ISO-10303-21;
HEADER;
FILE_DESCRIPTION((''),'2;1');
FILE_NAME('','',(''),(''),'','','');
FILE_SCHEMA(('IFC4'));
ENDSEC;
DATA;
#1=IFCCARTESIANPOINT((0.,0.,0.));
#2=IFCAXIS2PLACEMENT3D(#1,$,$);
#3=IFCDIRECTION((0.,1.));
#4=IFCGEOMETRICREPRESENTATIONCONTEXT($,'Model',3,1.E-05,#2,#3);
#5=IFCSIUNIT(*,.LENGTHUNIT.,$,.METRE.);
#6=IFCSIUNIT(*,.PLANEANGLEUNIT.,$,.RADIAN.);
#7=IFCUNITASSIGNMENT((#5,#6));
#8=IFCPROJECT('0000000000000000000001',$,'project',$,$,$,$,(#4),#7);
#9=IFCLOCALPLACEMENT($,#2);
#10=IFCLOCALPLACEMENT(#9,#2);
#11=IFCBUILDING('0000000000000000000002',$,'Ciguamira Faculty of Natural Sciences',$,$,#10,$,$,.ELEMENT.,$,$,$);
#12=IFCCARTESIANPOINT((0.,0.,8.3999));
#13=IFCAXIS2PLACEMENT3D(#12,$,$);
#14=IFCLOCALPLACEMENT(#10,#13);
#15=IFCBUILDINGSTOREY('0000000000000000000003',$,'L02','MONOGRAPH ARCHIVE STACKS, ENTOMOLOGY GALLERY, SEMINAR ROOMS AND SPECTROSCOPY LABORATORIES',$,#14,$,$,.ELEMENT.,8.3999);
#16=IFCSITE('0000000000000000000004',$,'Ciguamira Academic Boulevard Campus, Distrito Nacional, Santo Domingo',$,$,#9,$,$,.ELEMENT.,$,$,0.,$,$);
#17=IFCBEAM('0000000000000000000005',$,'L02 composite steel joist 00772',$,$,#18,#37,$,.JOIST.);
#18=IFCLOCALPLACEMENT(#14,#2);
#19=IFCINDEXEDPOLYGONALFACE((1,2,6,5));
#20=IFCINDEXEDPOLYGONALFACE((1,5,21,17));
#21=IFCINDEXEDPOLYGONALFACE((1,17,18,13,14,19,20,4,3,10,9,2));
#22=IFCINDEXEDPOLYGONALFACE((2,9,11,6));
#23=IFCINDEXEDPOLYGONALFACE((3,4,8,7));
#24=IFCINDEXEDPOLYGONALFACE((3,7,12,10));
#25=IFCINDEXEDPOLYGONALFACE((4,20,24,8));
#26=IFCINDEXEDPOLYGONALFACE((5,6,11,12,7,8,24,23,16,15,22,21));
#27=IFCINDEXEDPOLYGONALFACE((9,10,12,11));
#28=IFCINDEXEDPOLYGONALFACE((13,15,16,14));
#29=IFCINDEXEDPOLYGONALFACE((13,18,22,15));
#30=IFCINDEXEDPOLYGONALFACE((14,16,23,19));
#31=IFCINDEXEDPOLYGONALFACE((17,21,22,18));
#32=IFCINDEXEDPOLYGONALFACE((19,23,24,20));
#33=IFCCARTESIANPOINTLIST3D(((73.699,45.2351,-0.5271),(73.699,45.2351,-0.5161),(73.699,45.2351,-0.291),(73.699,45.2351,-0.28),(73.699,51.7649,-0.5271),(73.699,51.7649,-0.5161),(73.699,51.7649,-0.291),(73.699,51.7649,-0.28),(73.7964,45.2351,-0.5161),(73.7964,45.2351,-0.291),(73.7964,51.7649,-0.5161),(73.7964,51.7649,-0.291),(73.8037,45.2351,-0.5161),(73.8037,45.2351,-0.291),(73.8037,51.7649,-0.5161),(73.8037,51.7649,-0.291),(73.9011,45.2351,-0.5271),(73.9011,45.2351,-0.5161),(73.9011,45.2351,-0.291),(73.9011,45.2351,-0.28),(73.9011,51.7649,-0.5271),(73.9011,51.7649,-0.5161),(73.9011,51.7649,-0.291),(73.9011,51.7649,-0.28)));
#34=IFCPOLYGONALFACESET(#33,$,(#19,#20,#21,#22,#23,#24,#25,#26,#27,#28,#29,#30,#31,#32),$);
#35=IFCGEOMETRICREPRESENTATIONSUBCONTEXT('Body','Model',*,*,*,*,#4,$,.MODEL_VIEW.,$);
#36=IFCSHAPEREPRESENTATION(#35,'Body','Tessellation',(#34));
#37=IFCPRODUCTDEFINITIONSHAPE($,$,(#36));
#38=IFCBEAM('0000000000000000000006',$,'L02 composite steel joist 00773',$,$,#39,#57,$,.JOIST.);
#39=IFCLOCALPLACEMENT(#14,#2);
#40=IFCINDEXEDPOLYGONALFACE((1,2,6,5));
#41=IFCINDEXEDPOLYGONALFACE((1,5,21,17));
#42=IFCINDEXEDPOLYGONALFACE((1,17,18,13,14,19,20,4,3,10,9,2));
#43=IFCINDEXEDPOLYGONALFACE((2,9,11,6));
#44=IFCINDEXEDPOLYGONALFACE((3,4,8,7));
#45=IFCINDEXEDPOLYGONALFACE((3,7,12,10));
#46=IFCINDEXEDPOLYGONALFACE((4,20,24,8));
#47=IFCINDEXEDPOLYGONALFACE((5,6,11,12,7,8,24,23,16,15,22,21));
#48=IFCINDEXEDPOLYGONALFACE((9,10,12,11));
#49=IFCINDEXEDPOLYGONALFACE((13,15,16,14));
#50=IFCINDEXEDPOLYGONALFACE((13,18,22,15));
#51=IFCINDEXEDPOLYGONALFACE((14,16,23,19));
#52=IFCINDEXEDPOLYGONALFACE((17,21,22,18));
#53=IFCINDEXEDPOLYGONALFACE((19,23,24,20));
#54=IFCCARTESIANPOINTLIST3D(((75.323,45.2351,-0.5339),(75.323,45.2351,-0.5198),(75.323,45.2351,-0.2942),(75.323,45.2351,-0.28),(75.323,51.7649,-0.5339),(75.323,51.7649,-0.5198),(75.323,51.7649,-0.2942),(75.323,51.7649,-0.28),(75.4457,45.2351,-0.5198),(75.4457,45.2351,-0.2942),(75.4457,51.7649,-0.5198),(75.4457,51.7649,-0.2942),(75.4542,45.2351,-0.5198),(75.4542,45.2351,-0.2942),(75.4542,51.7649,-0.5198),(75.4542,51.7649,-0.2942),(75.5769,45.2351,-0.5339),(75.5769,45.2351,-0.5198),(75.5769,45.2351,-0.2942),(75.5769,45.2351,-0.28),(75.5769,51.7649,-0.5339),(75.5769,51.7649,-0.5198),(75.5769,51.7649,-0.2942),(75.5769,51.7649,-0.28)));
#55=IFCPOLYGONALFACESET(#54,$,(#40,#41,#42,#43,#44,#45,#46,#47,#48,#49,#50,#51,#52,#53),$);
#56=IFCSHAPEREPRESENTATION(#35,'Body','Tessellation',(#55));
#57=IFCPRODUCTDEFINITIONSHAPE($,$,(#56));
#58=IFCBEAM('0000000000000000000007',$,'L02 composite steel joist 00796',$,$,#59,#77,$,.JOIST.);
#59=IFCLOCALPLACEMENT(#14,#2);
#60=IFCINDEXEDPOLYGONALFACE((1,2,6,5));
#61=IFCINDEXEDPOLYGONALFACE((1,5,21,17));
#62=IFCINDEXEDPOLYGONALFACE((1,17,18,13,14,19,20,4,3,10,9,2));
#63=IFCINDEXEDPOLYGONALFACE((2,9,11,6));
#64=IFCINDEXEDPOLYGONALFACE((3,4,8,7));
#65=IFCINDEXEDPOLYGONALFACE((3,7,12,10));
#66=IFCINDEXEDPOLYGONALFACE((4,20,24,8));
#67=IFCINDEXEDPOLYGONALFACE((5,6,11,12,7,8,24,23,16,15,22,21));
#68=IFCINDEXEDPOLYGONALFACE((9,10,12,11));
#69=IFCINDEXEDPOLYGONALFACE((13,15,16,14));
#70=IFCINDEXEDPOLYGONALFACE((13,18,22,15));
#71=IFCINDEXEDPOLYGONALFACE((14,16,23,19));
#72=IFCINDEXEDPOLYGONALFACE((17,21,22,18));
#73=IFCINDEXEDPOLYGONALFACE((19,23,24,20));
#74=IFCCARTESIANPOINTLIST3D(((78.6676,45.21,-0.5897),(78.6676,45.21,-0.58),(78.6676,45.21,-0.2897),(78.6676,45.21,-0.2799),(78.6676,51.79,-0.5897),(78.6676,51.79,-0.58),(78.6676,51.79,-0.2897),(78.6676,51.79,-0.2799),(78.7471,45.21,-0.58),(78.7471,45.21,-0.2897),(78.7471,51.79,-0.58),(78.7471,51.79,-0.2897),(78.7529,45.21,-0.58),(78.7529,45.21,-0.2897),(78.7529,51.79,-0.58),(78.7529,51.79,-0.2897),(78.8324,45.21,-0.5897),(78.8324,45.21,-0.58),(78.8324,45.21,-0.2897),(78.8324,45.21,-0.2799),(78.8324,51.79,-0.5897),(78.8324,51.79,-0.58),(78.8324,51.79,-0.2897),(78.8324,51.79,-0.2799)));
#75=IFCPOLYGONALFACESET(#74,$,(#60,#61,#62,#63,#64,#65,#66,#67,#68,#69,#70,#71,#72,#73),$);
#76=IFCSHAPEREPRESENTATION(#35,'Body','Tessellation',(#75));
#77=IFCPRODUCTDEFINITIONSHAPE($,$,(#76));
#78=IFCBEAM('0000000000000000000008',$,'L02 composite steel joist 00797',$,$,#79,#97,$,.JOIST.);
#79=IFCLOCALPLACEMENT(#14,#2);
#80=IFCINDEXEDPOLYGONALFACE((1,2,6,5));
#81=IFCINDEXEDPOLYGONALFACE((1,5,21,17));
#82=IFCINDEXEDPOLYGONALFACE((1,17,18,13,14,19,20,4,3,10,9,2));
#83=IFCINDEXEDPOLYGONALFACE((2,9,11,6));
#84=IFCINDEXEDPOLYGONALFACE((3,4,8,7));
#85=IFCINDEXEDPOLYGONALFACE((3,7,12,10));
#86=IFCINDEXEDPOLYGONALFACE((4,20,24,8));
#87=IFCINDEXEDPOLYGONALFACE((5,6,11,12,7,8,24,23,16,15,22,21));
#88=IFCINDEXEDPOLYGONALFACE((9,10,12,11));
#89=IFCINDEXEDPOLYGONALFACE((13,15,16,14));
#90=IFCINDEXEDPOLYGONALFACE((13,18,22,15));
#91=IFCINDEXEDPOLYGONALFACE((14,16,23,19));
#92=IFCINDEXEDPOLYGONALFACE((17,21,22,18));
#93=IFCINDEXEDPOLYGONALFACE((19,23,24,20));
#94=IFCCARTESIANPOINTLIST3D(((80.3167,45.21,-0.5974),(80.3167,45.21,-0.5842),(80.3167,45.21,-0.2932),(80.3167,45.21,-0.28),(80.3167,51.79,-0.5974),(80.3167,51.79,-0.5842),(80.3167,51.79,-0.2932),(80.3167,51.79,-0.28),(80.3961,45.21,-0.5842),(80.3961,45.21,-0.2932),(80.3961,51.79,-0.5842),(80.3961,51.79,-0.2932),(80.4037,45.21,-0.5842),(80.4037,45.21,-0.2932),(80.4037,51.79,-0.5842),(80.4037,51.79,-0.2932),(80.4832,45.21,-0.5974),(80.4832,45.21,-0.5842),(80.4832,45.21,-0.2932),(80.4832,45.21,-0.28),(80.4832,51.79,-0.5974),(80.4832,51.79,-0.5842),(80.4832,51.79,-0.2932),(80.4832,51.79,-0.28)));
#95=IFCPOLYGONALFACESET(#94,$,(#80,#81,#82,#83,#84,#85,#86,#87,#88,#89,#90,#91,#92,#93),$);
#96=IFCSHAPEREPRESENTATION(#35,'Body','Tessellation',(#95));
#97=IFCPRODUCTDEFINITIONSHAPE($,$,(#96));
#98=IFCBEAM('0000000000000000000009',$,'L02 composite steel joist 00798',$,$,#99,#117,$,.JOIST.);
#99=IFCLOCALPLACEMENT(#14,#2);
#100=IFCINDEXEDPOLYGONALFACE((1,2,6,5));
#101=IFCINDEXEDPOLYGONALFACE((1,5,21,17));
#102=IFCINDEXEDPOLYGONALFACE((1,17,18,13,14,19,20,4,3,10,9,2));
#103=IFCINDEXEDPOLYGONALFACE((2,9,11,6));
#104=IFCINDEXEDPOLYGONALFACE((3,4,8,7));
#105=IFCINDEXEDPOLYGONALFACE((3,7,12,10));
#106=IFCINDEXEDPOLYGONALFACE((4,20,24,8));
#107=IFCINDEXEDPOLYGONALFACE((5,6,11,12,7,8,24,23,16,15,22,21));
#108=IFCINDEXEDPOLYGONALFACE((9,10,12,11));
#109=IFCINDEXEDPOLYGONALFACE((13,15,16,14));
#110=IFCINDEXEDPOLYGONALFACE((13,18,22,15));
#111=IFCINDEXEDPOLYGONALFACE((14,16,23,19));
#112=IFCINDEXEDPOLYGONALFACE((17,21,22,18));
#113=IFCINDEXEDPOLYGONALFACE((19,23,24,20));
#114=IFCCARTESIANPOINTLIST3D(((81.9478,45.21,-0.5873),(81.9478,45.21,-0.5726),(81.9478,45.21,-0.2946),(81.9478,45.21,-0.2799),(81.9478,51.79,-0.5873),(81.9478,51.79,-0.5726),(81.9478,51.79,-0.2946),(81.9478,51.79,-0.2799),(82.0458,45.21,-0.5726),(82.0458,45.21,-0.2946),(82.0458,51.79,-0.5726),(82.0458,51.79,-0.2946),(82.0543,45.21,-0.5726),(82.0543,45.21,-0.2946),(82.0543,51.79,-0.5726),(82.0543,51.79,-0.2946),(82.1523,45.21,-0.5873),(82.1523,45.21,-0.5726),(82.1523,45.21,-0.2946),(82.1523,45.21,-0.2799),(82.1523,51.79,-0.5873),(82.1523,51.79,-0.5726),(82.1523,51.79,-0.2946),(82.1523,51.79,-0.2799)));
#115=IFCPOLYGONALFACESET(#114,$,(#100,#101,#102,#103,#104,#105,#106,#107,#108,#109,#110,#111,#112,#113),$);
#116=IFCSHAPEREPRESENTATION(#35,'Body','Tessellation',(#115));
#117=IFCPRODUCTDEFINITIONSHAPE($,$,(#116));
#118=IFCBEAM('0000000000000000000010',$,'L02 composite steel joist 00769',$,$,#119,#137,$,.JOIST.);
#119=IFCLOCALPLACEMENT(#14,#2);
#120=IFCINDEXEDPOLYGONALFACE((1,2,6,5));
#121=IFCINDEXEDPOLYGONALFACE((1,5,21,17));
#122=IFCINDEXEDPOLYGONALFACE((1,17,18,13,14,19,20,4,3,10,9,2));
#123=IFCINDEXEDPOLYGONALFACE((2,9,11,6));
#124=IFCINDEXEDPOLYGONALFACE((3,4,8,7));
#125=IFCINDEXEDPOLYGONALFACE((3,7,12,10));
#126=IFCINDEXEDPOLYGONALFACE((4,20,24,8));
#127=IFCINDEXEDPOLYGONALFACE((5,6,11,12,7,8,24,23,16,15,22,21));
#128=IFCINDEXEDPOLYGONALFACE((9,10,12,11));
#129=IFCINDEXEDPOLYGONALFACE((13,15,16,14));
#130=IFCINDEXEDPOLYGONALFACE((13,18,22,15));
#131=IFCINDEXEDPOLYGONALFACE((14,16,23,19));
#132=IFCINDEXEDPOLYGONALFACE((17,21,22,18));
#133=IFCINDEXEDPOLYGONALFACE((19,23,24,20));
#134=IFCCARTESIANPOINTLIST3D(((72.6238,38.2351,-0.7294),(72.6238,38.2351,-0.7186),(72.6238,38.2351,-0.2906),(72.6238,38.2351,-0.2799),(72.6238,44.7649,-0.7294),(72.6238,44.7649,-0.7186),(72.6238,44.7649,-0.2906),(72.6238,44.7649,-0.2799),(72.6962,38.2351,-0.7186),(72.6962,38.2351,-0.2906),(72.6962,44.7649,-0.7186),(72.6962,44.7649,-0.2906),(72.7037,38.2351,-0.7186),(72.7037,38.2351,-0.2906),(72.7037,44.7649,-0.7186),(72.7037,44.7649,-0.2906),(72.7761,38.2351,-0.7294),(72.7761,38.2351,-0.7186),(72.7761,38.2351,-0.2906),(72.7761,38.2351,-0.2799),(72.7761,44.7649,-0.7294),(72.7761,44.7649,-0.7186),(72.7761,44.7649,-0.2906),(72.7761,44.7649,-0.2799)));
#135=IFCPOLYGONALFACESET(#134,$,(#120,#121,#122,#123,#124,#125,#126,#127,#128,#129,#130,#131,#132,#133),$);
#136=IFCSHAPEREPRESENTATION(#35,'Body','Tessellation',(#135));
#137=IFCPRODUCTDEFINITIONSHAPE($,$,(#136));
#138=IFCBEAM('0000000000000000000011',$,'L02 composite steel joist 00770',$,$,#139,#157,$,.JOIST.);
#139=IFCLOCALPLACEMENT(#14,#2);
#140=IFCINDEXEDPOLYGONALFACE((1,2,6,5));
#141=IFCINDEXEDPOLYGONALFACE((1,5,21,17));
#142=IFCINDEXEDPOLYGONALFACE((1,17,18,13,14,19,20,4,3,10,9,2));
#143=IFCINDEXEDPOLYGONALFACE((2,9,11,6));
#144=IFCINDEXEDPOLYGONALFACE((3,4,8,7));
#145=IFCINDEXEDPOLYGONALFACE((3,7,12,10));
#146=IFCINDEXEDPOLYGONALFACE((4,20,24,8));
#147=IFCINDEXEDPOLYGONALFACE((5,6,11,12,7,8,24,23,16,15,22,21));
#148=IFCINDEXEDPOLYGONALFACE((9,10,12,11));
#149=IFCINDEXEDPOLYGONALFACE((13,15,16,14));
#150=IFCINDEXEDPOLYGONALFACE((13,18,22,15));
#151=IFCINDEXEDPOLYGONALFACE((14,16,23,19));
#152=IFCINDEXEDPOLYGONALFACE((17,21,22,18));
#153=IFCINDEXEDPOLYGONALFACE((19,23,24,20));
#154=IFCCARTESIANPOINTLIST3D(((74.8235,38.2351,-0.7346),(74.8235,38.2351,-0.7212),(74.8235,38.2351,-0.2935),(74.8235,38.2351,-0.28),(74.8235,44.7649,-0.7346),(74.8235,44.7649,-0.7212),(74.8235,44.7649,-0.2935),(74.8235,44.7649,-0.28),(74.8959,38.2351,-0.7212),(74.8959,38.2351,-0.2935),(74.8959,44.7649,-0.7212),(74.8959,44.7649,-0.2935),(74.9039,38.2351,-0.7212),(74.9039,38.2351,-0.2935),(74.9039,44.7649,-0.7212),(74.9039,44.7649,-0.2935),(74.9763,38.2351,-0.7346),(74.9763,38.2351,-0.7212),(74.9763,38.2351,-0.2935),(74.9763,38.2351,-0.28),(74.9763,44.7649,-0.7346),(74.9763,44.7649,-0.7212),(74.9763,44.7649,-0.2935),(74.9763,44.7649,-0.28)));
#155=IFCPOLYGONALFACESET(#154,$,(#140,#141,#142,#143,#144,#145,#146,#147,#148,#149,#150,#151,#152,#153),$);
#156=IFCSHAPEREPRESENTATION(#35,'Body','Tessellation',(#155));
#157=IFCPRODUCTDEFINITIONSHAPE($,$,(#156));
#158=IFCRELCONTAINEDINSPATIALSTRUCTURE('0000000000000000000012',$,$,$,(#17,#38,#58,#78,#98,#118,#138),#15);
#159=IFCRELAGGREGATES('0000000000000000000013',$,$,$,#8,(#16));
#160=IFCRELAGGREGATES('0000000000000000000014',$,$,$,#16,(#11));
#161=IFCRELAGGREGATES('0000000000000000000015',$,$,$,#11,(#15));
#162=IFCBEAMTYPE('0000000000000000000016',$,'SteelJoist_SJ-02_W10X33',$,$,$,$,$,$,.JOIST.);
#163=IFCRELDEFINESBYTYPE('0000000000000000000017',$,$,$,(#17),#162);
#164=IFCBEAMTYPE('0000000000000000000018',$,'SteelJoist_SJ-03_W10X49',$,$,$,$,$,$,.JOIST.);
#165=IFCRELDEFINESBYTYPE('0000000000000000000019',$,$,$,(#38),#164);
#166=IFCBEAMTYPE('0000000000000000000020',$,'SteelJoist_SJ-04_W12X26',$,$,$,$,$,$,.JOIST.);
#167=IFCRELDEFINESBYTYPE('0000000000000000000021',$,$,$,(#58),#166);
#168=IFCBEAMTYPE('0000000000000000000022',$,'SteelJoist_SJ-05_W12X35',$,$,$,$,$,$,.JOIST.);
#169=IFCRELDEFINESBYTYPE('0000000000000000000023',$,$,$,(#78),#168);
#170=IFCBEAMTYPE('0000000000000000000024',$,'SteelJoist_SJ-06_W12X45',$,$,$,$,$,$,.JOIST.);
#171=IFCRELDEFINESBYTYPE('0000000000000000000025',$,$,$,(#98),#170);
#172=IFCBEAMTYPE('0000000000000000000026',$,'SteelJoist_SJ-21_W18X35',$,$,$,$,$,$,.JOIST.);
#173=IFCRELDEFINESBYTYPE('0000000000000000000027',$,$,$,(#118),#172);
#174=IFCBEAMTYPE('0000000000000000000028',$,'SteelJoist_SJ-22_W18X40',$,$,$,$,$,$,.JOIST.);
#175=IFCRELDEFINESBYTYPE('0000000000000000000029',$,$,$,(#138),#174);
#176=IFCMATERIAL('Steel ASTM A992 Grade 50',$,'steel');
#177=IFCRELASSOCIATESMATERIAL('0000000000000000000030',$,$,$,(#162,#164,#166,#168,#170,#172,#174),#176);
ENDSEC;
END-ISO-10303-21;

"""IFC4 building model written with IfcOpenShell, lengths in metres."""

from ifc_helpers import new_model, si_unit, direction, frame, origin, origin_2d, place, context, subcontext, project, spatial, i_section, extrude, material, material_profile, profile_set, type_object, element, save


model = new_model("IFC4")

# Units and contexts
model_context = context("Model", 3, precision=1e-05, world=origin(), true_north=direction((0.0, 1.0)))
body_context = subcontext(model_context, "Body", "Model", "MODEL_VIEW")
ifc_project = project(units=[si_unit("LENGTHUNIT", "METRE"), si_unit("PLANEANGLEUNIT", "RADIAN")], contexts=[model_context])

# Site, building, storey
site_placement = place(None, origin())
site = spatial("IfcSite", under=ifc_project, at=site_placement, Name="Ciguamira Academic Boulevard Campus, Distrito Nacional, Santo Domingo", CompositionType="ELEMENT", RefElevation=0.0)
building_placement = place(site_placement, origin())
building = spatial("IfcBuilding", under=site, at=building_placement, Name="Ciguamira Faculty of Natural Sciences", CompositionType="ELEMENT")
storey_placement = place(building_placement, frame((0.0, 0.0, 8.3999)))
storey = spatial("IfcBuildingStorey", under=building, at=storey_placement, Name="L02", Description="MONOGRAPH ARCHIVE STACKS, ENTOMOLOGY GALLERY, SEMINAR ROOMS AND SPECTROSCOPY LABORATORIES", CompositionType="ELEMENT", Elevation=8.3999)

# Beams
ifc_material_1 = material(Name="Steel ASTM A992 Grade 50", Category="steel")
ifc_material_profile_1 = material_profile(ifc_material_1, i_section(OverallWidth=0.2021, OverallDepth=0.2471, WebThickness=0.0073, FlangeThickness=0.011, at=origin_2d()), Name="W10X33")
ifc_profile_set_1 = profile_set([ifc_material_profile_1], Name="Steel ASTM A992 Grade 50")
beam_type_1 = type_object("IfcBeamType", Name="SteelJoist_SJ-02_W10X33", PredefinedType="JOIST", material=ifc_profile_set_1)
beam_1_placement = place(storey_placement, frame((73.8, 45.2351, -0.4036), z_axis=(0.0, 1.0, 0.0), x_axis=(-1.0, 0.0, 0.0)))
element("IfcBeam", 1, at=beam_1_placement, inside=storey, type_object=beam_type_1, Name="L02 composite steel joist 00772", PredefinedType="JOIST", context=body_context, shape_type="SweptSolid", body=[
    extrude(i_section(OverallWidth=0.2021, OverallDepth=0.2471, WebThickness=0.0073, FlangeThickness=0.011, at=origin_2d()), origin(), (0.0, 0.0, 1.0), 6.5298),
])
ifc_material_profile_2 = material_profile(ifc_material_1, i_section(OverallWidth=0.2539, OverallDepth=0.2539, WebThickness=0.0085, FlangeThickness=0.0142, at=origin_2d()), Name="W10X49")
ifc_profile_set_2 = profile_set([ifc_material_profile_2], Name="Steel ASTM A992 Grade 50")
beam_type_2 = type_object("IfcBeamType", Name="SteelJoist_SJ-03_W10X49", PredefinedType="JOIST", material=ifc_profile_set_2)
beam_2_placement = place(storey_placement, frame((75.45, 45.2351, -0.407), z_axis=(0.0, 1.0, 0.0), x_axis=(-1.0, 0.0, 0.0)))
element("IfcBeam", 2, at=beam_2_placement, inside=storey, type_object=beam_type_2, Name="L02 composite steel joist 00773", PredefinedType="JOIST", context=body_context, shape_type="SweptSolid", body=[
    extrude(i_section(OverallWidth=0.2539, OverallDepth=0.2539, WebThickness=0.0085, FlangeThickness=0.0142, at=origin_2d()), origin(), (0.0, 0.0, 1.0), 6.5298),
])
ifc_material_profile_3 = material_profile(ifc_material_1, i_section(OverallWidth=0.1648, OverallDepth=0.3098, WebThickness=0.0059, FlangeThickness=0.0098, at=origin_2d()), Name="W12X26")
ifc_profile_set_3 = profile_set([ifc_material_profile_3], Name="Steel ASTM A992 Grade 50")
beam_type_3 = type_object("IfcBeamType", Name="SteelJoist_SJ-04_W12X26", PredefinedType="JOIST", material=ifc_profile_set_3)
beam_3_placement = place(storey_placement, frame((78.75, 45.21, -0.4348), z_axis=(0.0, 1.0, 0.0), x_axis=(-1.0, 0.0, 0.0)))
element("IfcBeam", 3, at=beam_3_placement, inside=storey, type_object=beam_type_3, Name="L02 composite steel joist 00796", PredefinedType="JOIST", context=body_context, shape_type="SweptSolid", body=[
    extrude(i_section(OverallWidth=0.1648, OverallDepth=0.3098, WebThickness=0.0059, FlangeThickness=0.0098, at=origin_2d()), origin(), (0.0, 0.0, 1.0), 6.5801),
])
ifc_material_profile_4 = material_profile(ifc_material_1, i_section(OverallWidth=0.1665, OverallDepth=0.3174, WebThickness=0.0076, FlangeThickness=0.0132, at=origin_2d()), Name="W12X35")
ifc_profile_set_4 = profile_set([ifc_material_profile_4], Name="Steel ASTM A992 Grade 50")
beam_type_4 = type_object("IfcBeamType", Name="SteelJoist_SJ-05_W12X35", PredefinedType="JOIST", material=ifc_profile_set_4)
beam_4_placement = place(storey_placement, frame((80.3999, 45.21, -0.4387), z_axis=(0.0, 1.0, 0.0), x_axis=(-1.0, 0.0, 0.0)))
element("IfcBeam", 4, at=beam_4_placement, inside=storey, type_object=beam_type_4, Name="L02 composite steel joist 00797", PredefinedType="JOIST", context=body_context, shape_type="SweptSolid", body=[
    extrude(i_section(OverallWidth=0.1665, OverallDepth=0.3174, WebThickness=0.0076, FlangeThickness=0.0132, at=origin_2d()), origin(), (0.0, 0.0, 1.0), 6.5801),
])
ifc_material_profile_5 = material_profile(ifc_material_1, i_section(OverallWidth=0.2046, OverallDepth=0.3074, WebThickness=0.0085, FlangeThickness=0.0146, at=origin_2d()), Name="W12X45")
ifc_profile_set_5 = profile_set([ifc_material_profile_5], Name="Steel ASTM A992 Grade 50")
beam_type_5 = type_object("IfcBeamType", Name="SteelJoist_SJ-06_W12X45", PredefinedType="JOIST", material=ifc_profile_set_5)
beam_5_placement = place(storey_placement, frame((82.05, 45.21, -0.4336), z_axis=(0.0, 1.0, 0.0), x_axis=(-1.0, 0.0, 0.0)))
element("IfcBeam", 5, at=beam_5_placement, inside=storey, type_object=beam_type_5, Name="L02 composite steel joist 00798", PredefinedType="JOIST", context=body_context, shape_type="SweptSolid", body=[
    extrude(i_section(OverallWidth=0.2046, OverallDepth=0.3074, WebThickness=0.0085, FlangeThickness=0.0146, at=origin_2d()), origin(), (0.0, 0.0, 1.0), 6.5801),
])
ifc_material_profile_6 = material_profile(ifc_material_1, i_section(OverallWidth=0.1523, OverallDepth=0.4495, WebThickness=0.0076, FlangeThickness=0.0107, at=origin_2d()), Name="W18X35")
ifc_profile_set_6 = profile_set([ifc_material_profile_6], Name="Steel ASTM A992 Grade 50")
beam_type_6 = type_object("IfcBeamType", Name="SteelJoist_SJ-21_W18X35", PredefinedType="JOIST", material=ifc_profile_set_6)
beam_6_placement = place(storey_placement, frame((72.7, 38.2351, -0.5046), z_axis=(0.0, 1.0, 0.0), x_axis=(-1.0, 0.0, 0.0)))
element("IfcBeam", 6, at=beam_6_placement, inside=storey, type_object=beam_type_6, Name="L02 composite steel joist 00769", PredefinedType="JOIST", context=body_context, shape_type="SweptSolid", body=[
    extrude(i_section(OverallWidth=0.1523, OverallDepth=0.4495, WebThickness=0.0076, FlangeThickness=0.0107, at=origin_2d()), origin(), (0.0, 0.0, 1.0), 6.5298),
])
ifc_material_profile_7 = material_profile(ifc_material_1, i_section(OverallWidth=0.1528, OverallDepth=0.4546, WebThickness=0.0081, FlangeThickness=0.0134, at=origin_2d()), Name="W18X40")
ifc_profile_set_7 = profile_set([ifc_material_profile_7], Name="Steel ASTM A992 Grade 50")
beam_type_7 = type_object("IfcBeamType", Name="SteelJoist_SJ-22_W18X40", PredefinedType="JOIST", material=ifc_profile_set_7)
beam_7_placement = place(storey_placement, frame((74.8999, 38.2351, -0.5073), z_axis=(0.0, 1.0, 0.0), x_axis=(-1.0, 0.0, 0.0)))
element("IfcBeam", 7, at=beam_7_placement, inside=storey, type_object=beam_type_7, Name="L02 composite steel joist 00770", PredefinedType="JOIST", context=body_context, shape_type="SweptSolid", body=[
    extrude(i_section(OverallWidth=0.1528, OverallDepth=0.4546, WebThickness=0.0081, FlangeThickness=0.0134, at=origin_2d()), origin(), (0.0, 0.0, 1.0), 6.5298),
])

save(model, "model.ifc")
